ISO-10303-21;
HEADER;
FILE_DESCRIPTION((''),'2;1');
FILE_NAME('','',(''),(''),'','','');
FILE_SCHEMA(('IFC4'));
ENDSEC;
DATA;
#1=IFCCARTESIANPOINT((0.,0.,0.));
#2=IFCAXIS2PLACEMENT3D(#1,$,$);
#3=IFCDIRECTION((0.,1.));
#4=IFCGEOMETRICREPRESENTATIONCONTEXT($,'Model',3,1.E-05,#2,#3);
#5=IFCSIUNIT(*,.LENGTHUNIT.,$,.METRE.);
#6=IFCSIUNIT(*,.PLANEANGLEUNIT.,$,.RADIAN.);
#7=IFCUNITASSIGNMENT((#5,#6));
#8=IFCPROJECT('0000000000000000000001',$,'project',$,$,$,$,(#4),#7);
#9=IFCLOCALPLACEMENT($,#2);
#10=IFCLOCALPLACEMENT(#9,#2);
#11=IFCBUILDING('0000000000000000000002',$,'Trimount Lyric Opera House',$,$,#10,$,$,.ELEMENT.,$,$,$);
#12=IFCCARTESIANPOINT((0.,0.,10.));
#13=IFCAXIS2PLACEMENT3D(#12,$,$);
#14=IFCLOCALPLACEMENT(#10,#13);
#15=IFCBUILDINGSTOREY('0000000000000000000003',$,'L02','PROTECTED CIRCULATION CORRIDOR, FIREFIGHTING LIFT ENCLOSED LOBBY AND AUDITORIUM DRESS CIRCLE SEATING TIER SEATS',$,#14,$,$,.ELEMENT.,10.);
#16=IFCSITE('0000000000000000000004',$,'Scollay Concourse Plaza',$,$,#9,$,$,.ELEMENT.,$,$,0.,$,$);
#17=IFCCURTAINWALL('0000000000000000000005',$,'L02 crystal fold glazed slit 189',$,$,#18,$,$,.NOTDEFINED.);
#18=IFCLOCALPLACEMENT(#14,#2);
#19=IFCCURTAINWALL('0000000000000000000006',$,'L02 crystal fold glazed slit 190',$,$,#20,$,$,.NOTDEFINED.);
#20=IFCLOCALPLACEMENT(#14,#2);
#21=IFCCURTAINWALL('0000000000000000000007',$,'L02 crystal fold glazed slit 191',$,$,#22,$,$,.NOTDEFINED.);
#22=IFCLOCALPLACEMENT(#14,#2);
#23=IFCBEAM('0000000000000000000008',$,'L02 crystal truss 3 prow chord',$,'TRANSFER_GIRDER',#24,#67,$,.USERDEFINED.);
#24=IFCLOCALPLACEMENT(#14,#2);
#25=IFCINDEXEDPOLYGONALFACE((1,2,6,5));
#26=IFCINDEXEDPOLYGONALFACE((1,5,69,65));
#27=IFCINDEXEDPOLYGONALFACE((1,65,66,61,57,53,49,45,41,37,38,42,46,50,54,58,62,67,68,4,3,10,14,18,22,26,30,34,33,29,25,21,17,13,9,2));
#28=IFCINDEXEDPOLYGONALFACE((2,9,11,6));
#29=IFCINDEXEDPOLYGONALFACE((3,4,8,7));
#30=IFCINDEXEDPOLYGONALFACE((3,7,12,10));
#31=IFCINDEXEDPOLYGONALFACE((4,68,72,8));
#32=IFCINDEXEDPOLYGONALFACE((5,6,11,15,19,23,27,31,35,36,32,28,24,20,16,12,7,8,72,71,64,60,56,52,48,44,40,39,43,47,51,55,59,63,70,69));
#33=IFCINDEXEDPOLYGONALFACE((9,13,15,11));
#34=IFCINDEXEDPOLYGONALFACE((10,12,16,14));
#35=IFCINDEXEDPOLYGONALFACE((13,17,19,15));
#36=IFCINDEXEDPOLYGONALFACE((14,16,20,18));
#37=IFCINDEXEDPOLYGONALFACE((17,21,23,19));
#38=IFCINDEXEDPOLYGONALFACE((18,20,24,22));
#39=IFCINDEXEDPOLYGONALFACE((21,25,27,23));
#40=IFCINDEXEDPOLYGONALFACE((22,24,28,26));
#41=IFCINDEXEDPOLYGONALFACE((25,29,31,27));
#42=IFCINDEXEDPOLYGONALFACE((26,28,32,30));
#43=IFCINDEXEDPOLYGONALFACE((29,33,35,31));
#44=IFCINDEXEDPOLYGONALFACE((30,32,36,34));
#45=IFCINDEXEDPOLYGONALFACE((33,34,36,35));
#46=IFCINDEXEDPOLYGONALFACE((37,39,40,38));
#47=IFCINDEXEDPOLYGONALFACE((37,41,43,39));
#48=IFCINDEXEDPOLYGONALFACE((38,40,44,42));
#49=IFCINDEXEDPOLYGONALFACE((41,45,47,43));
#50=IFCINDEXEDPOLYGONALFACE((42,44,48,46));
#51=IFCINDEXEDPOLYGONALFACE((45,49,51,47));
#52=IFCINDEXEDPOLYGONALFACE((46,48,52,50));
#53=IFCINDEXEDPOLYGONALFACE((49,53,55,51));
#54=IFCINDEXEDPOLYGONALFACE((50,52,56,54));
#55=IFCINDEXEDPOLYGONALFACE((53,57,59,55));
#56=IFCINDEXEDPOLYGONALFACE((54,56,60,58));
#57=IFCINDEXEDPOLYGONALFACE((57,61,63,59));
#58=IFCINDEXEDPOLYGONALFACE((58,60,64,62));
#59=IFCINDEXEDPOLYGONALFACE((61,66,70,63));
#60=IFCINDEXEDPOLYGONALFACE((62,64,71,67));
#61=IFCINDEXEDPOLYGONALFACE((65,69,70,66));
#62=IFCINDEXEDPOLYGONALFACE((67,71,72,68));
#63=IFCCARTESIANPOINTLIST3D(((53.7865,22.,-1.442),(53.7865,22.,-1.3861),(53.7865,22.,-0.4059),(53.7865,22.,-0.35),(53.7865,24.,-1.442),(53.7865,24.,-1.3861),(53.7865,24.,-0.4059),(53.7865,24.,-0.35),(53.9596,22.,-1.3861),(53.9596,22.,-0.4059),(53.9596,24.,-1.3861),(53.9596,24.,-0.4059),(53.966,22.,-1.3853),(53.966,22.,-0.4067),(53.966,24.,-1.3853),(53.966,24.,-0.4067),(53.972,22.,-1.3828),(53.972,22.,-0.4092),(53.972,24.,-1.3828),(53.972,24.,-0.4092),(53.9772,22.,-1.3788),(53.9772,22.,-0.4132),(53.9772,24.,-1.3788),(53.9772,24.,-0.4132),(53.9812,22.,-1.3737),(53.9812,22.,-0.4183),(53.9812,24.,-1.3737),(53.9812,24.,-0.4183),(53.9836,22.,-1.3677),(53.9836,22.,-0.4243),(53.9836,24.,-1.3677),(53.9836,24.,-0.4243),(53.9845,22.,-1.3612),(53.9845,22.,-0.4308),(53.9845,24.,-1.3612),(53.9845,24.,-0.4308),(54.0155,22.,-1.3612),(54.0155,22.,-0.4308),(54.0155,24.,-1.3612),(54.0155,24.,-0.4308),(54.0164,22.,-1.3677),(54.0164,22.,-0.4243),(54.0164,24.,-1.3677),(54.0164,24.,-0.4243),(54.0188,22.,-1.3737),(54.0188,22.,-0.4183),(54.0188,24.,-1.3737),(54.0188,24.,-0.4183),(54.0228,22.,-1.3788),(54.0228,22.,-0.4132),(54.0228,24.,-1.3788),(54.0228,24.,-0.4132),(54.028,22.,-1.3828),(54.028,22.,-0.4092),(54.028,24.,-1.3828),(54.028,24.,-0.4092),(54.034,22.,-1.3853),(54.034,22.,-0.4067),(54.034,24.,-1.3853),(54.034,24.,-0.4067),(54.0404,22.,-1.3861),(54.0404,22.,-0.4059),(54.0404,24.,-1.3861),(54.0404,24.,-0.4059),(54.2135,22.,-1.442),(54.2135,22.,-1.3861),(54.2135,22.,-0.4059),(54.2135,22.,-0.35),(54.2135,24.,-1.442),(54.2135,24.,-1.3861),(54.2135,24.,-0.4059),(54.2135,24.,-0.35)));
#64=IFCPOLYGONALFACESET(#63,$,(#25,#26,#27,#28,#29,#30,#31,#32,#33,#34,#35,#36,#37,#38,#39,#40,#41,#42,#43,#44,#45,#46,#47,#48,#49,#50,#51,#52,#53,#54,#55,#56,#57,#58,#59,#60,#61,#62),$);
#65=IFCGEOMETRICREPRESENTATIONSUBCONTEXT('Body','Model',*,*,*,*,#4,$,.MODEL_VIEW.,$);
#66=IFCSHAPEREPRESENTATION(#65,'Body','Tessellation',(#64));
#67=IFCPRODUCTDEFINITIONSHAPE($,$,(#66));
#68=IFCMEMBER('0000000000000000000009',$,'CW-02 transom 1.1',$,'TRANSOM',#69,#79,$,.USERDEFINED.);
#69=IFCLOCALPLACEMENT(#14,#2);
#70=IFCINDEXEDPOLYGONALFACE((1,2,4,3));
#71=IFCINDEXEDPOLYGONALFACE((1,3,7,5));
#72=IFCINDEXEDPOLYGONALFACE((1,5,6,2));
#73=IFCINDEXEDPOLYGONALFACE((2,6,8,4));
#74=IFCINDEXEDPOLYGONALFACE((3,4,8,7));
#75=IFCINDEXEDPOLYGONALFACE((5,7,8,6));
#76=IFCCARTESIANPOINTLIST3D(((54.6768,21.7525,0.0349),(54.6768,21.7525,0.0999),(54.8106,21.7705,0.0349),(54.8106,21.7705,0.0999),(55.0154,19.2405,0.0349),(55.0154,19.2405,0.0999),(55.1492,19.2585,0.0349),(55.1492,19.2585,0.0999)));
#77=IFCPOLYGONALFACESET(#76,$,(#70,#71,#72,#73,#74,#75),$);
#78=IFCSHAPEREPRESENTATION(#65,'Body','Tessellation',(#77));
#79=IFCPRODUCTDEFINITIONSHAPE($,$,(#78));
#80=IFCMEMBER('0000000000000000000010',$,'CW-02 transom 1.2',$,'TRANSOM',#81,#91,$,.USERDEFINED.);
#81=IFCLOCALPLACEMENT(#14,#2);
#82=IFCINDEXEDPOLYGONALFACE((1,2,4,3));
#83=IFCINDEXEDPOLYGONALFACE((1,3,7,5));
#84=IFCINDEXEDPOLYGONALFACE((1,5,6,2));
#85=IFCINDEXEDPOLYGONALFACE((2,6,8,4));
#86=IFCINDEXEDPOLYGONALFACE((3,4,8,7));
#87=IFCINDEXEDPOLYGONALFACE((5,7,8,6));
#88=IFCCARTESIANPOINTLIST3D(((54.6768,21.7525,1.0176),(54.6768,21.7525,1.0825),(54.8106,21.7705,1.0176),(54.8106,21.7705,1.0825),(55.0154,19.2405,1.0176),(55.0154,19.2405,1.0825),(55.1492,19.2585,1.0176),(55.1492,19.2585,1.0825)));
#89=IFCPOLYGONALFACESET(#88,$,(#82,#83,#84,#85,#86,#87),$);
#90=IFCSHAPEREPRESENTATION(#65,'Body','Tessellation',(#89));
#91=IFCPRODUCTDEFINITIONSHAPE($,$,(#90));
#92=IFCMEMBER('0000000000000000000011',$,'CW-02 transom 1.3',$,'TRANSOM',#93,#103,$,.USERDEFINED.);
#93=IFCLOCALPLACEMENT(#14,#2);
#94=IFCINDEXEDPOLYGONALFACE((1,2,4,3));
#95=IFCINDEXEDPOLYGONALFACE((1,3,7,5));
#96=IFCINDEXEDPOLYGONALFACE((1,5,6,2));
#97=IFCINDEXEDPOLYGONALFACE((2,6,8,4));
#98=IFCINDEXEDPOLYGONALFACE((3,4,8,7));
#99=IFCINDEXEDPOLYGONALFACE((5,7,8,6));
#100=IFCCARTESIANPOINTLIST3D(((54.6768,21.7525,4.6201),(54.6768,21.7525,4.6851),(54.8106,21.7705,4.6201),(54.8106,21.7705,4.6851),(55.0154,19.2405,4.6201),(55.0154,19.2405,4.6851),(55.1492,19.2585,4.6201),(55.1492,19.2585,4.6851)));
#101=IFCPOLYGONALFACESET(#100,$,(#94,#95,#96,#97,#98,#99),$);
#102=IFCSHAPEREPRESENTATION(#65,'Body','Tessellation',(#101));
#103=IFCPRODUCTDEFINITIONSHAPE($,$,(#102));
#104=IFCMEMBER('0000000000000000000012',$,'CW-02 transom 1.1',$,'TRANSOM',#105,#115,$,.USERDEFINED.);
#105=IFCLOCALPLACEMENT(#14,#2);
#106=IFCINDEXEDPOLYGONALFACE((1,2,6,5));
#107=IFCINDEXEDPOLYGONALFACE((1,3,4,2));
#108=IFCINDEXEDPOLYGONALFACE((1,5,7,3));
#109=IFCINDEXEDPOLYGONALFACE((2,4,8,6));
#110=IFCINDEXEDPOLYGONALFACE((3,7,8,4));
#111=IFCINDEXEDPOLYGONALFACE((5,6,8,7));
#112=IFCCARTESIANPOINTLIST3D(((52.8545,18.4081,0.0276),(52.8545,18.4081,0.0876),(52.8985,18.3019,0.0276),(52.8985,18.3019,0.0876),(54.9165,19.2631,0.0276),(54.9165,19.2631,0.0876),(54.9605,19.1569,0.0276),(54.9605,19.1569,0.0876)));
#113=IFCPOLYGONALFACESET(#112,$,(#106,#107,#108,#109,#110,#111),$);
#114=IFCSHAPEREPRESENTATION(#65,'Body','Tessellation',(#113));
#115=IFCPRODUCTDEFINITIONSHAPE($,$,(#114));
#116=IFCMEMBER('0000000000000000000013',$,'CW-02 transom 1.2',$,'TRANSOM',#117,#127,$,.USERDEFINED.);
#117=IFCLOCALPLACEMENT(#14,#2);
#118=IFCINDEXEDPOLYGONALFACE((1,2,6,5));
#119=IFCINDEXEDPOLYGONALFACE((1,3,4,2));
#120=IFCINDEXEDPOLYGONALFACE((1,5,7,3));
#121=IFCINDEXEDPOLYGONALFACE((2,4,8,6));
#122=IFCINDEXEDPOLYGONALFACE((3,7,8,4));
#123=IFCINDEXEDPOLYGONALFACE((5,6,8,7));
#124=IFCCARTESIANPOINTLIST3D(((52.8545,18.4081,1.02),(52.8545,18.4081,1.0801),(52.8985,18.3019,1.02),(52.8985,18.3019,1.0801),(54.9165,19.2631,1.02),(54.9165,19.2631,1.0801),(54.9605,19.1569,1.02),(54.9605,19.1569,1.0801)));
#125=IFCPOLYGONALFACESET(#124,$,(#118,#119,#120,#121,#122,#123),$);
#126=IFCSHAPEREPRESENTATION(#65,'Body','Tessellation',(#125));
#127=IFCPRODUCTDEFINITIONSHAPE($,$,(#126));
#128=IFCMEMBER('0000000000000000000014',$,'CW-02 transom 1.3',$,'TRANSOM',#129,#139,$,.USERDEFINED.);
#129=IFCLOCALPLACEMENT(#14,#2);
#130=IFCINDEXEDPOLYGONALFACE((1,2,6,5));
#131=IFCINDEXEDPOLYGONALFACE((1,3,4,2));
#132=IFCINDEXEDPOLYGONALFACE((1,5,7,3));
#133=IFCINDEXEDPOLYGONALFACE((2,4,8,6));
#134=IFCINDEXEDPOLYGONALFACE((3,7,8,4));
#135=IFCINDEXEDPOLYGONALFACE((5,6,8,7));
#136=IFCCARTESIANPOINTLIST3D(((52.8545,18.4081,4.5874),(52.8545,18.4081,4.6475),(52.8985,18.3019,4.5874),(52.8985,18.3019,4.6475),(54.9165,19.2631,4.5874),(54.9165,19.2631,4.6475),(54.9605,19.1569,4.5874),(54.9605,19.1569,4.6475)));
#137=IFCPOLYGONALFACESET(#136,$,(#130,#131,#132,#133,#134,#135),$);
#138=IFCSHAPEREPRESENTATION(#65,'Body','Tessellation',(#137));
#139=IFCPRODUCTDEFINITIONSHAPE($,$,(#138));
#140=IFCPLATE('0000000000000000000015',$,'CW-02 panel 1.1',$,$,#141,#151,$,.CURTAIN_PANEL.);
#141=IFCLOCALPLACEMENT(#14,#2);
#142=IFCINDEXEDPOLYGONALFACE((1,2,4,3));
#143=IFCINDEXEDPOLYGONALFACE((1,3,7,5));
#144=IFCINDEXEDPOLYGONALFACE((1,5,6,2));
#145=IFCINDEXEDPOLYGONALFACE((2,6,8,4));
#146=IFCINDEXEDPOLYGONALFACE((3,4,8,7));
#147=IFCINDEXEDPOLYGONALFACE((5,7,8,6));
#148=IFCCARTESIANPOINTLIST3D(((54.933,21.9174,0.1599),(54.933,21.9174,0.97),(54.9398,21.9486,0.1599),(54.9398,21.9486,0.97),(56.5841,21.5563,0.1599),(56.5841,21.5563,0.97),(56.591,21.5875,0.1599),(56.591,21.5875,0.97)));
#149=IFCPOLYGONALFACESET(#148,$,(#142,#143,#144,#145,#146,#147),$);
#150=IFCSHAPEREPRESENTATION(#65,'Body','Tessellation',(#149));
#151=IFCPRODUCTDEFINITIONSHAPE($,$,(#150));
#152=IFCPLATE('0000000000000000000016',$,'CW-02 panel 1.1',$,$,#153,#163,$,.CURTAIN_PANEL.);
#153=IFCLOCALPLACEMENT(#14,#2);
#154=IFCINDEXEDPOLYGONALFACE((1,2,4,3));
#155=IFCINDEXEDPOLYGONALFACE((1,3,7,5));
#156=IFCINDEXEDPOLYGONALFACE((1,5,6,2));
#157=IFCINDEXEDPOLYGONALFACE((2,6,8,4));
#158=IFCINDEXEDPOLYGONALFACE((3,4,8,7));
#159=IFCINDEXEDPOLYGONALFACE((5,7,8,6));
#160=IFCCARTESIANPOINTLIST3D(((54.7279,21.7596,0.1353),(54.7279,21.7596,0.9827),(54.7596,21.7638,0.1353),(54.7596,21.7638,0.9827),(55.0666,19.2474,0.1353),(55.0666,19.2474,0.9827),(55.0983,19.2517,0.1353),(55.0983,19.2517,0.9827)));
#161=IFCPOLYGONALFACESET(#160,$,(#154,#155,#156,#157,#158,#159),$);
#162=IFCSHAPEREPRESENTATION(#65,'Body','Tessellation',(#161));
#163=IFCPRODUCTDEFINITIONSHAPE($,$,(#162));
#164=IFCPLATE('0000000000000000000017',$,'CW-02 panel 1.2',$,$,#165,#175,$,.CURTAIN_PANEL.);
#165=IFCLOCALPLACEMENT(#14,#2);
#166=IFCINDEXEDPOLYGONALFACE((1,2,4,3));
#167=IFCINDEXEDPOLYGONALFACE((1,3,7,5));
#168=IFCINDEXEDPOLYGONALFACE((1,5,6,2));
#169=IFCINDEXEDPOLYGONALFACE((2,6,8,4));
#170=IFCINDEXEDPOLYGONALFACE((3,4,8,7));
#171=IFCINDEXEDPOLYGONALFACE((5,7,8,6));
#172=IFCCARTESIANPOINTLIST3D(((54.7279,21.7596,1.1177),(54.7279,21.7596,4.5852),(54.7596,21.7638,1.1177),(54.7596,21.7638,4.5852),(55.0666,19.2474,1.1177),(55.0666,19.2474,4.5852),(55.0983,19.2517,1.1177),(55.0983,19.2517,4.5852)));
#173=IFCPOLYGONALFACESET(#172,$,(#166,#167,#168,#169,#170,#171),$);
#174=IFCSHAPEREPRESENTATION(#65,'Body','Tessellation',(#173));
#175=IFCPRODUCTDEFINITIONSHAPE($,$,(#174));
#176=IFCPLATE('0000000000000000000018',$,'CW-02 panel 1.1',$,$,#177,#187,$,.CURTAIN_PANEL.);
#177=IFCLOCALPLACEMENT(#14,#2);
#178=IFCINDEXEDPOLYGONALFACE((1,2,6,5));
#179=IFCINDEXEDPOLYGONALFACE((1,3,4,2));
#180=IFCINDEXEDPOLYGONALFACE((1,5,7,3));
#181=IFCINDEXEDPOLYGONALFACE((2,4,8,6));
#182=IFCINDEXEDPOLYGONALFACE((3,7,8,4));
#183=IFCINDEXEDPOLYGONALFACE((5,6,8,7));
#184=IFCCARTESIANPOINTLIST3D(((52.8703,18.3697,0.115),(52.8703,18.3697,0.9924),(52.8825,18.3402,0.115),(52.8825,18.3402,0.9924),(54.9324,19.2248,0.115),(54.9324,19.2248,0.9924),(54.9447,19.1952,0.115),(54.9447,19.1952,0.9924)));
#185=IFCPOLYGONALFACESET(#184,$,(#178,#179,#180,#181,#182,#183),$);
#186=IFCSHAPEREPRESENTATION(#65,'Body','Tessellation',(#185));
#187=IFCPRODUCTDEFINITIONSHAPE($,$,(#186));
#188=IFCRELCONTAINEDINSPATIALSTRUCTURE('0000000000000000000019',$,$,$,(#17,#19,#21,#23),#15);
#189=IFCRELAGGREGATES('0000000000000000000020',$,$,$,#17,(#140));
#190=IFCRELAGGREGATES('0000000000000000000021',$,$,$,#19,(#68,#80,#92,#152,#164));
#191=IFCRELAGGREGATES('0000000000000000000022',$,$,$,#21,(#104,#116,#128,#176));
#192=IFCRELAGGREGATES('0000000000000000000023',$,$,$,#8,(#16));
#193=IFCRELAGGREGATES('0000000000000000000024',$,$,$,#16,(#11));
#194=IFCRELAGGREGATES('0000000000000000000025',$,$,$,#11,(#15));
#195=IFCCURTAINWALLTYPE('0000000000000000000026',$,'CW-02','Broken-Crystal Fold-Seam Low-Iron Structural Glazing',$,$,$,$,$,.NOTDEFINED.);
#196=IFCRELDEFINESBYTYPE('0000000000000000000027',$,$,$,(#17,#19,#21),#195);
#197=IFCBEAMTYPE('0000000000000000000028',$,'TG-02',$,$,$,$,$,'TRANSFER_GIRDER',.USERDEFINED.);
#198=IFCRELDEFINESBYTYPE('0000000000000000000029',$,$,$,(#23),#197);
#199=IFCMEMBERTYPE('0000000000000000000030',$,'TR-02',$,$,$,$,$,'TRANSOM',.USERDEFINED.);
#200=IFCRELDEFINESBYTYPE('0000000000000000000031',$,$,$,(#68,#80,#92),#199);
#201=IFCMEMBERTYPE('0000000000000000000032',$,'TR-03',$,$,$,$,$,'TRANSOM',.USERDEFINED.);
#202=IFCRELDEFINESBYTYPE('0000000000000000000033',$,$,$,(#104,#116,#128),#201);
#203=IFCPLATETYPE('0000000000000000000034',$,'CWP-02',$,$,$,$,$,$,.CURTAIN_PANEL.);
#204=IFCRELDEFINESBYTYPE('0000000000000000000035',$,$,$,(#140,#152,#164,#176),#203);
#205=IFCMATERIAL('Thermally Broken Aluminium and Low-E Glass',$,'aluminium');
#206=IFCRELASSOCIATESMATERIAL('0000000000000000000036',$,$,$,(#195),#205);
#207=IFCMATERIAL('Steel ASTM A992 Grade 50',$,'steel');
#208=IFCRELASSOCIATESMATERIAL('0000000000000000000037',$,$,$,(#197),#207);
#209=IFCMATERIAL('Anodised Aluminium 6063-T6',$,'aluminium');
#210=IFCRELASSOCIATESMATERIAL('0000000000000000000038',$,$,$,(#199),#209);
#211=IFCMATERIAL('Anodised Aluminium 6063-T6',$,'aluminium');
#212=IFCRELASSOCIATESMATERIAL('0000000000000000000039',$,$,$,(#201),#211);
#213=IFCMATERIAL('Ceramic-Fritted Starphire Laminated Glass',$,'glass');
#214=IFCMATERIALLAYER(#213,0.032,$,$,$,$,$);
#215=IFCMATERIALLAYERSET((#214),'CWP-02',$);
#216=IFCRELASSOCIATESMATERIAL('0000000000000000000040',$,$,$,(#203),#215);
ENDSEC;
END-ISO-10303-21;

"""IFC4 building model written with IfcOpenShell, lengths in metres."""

from ifc_helpers import new_model, si_unit, direction, frame, origin, origin_2d, place, context, subcontext, project, spatial, rectangle, i_section, extrude, material, layer, layer_set, material_profile, profile_set, type_object, element, aggregate, save


model = new_model("IFC4")

# Units and contexts
model_context = context("Model", 3, precision=1e-05, world=origin(), true_north=direction((0.0, 1.0)))
body_context = subcontext(model_context, "Body", "Model", "MODEL_VIEW")
ifc_project = project(units=[si_unit("LENGTHUNIT", "METRE"), si_unit("PLANEANGLEUNIT", "RADIAN")], contexts=[model_context])

# Site, building, storey
site_placement = place(None, origin())
site = spatial("IfcSite", under=ifc_project, at=site_placement, Name="Scollay Concourse Plaza", CompositionType="ELEMENT", RefElevation=0.0)
building_placement = place(site_placement, origin())
building = spatial("IfcBuilding", under=site, at=building_placement, Name="Trimount Lyric Opera House", CompositionType="ELEMENT")
storey_placement = place(building_placement, frame((0.0, 0.0, 10.0)))
storey = spatial("IfcBuildingStorey", under=building, at=storey_placement, Name="L02", Description="PROTECTED CIRCULATION CORRIDOR, FIREFIGHTING LIFT ENCLOSED LOBBY AND AUDITORIUM DRESS CIRCLE SEATING TIER SEATS", CompositionType="ELEMENT", Elevation=10.0)

# Curtain wall
ifc_material_1 = material(Name="Thermally Broken Aluminium and Low-E Glass", Category="aluminium")
curtain_wall_type = type_object("IfcCurtainWallType", Name="CW-02", Description="Broken-Crystal Fold-Seam Low-Iron Structural Glazing", PredefinedType="NOTDEFINED", material=ifc_material_1)
curtain_wall_1_placement = place(storey_placement, origin())
curtain_wall_1 = element("IfcCurtainWall", 1, at=curtain_wall_1_placement, inside=storey, type_object=curtain_wall_type, Name="L02 crystal fold glazed slit 189", PredefinedType="NOTDEFINED")

# Curtain walls
curtain_wall_2_placement = place(storey_placement, origin())
curtain_wall_2 = element("IfcCurtainWall", 2, at=curtain_wall_2_placement, inside=storey, type_object=curtain_wall_type, Name="L02 crystal fold glazed slit 190", PredefinedType="NOTDEFINED")
curtain_wall_3_placement = place(storey_placement, origin())
curtain_wall_3 = element("IfcCurtainWall", 3, at=curtain_wall_3_placement, inside=storey, type_object=curtain_wall_type, Name="L02 crystal fold glazed slit 191", PredefinedType="NOTDEFINED")

# Beam
ifc_material_2 = material(Name="Steel ASTM A992 Grade 50", Category="steel")
ifc_material_profile_1 = material_profile(ifc_material_2, i_section(OverallWidth=0.427, OverallDepth=1.092, WebThickness=0.031, FlangeThickness=0.0559, FilletRadius=0.0249, at=origin_2d()), Name="W40X397")
ifc_profile_set_1 = profile_set([ifc_material_profile_1], Name="Steel ASTM A992 Grade 50")
beam_type_1 = type_object("IfcBeamType", Name="TG-02", ElementType="TRANSFER_GIRDER", PredefinedType="USERDEFINED", material=ifc_profile_set_1)
for number, where, z_axis, x_axis, name in (
    (4, (54.0, 22.0, -0.896), (0.0, 1.0, 0.0), (-1.0, 0.0, 0.0), "L02 crystal truss 3 prow chord"),
):
    element("IfcBeam", number, at=place(storey_placement, frame(where, z_axis=z_axis, x_axis=x_axis)), inside=storey, type_object=beam_type_1, Name=name, ObjectType="TRANSFER_GIRDER", PredefinedType="USERDEFINED", context=body_context, shape_type="SweptSolid", body=[
        extrude(i_section(OverallWidth=0.427, OverallDepth=1.092, WebThickness=0.031, FlangeThickness=0.0559, FilletRadius=0.0249, at=origin_2d()), origin(), (0.0, 0.0, 1.0), 2.0),
    ])

# Members
ifc_material_3 = material(Name="Anodised Aluminium 6063-T6", Category="aluminium")
ifc_material_profile_2 = material_profile(ifc_material_3, rectangle(XDim=0.135, YDim=0.0649, at=origin_2d()), Name="ALU-TRAN-65X135")
ifc_profile_set_2 = profile_set([ifc_material_profile_2], Name="Anodised Aluminium 6063-T6")
member_type_1 = type_object("IfcMemberType", Name="TR-02", ElementType="TRANSOM", PredefinedType="USERDEFINED", material=ifc_profile_set_2)
member_1_placement = place(storey_placement, frame((54.7437, 21.7615, 0.0674), z_axis=(0.133596, -0.991036, 0.0), x_axis=(0.991036, 0.133596, 0.0)))
member_1 = element("IfcMember", 5, at=member_1_placement, type_object=member_type_1, Name="CW-02 transom 1.1", ObjectType="TRANSOM", PredefinedType="USERDEFINED", context=body_context, shape_type="SweptSolid", body=[
    extrude(rectangle(XDim=0.135, YDim=0.0649, at=origin_2d()), origin(), (0.0, 0.0, 1.0), 2.5347),
])
member_2_placement = place(storey_placement, frame((54.7437, 21.7615, 1.05), z_axis=(0.133596, -0.991036, 0.0), x_axis=(0.991036, 0.133596, 0.0)))
member_2 = element("IfcMember", 6, at=member_2_placement, type_object=member_type_1, Name="CW-02 transom 1.2", ObjectType="TRANSOM", PredefinedType="USERDEFINED", context=body_context, shape_type="SweptSolid", body=[
    extrude(rectangle(XDim=0.135, YDim=0.0649, at=origin_2d()), origin(), (0.0, 0.0, 1.0), 2.5347),
])
member_3_placement = place(storey_placement, frame((54.7437, 21.7615, 4.6526), z_axis=(0.133596, -0.991036, 0.0), x_axis=(0.991036, 0.133596, 0.0)))
member_3 = element("IfcMember", 7, at=member_3_placement, type_object=member_type_1, Name="CW-02 transom 1.3", ObjectType="TRANSOM", PredefinedType="USERDEFINED", context=body_context, shape_type="SweptSolid", body=[
    extrude(rectangle(XDim=0.135, YDim=0.0649, at=origin_2d()), origin(), (0.0, 0.0, 1.0), 2.5347),
])
ifc_material_4 = material(Name="Anodised Aluminium 6063-T6", Category="aluminium")
ifc_material_profile_3 = material_profile(ifc_material_4, rectangle(XDim=0.115, YDim=0.0601, at=origin_2d()), Name="ALU-TRAN-60X115")
ifc_profile_set_3 = profile_set([ifc_material_profile_3], Name="Anodised Aluminium 6063-T6")
member_type_2 = type_object("IfcMemberType", Name="TR-03", ElementType="TRANSOM", PredefinedType="USERDEFINED", material=ifc_profile_set_3)
member_4_placement = place(storey_placement, frame((54.9385, 19.21, 0.0576), z_axis=(-0.923742, -0.383015, 0.0), x_axis=(0.383015, -0.923742, 0.0)))
member_4 = element("IfcMember", 8, at=member_4_placement, type_object=member_type_2, Name="CW-02 transom 1.1", ObjectType="TRANSOM", PredefinedType="USERDEFINED", context=body_context, shape_type="SweptSolid", body=[
    extrude(rectangle(XDim=0.115, YDim=0.0601, at=origin_2d()), origin(), (0.0, 0.0, 1.0), 2.2322),
])
member_5_placement = place(storey_placement, frame((54.9385, 19.21, 1.05), z_axis=(-0.923742, -0.383015, 0.0), x_axis=(0.383015, -0.923742, 0.0)))
member_5 = element("IfcMember", 9, at=member_5_placement, type_object=member_type_2, Name="CW-02 transom 1.2", ObjectType="TRANSOM", PredefinedType="USERDEFINED", context=body_context, shape_type="SweptSolid", body=[
    extrude(rectangle(XDim=0.115, YDim=0.0601, at=origin_2d()), origin(), (0.0, 0.0, 1.0), 2.2322),
])
member_6_placement = place(storey_placement, frame((54.9385, 19.21, 4.6174), z_axis=(-0.923742, -0.383015, 0.0), x_axis=(0.383015, -0.923742, 0.0)))
member_6 = element("IfcMember", 10, at=member_6_placement, type_object=member_type_2, Name="CW-02 transom 1.3", ObjectType="TRANSOM", PredefinedType="USERDEFINED", context=body_context, shape_type="SweptSolid", body=[
    extrude(rectangle(XDim=0.115, YDim=0.0601, at=origin_2d()), origin(), (0.0, 0.0, 1.0), 2.2322),
])

# Plates
ifc_material_5 = material(Name="Ceramic-Fritted Starphire Laminated Glass", Category="glass")
ifc_layer_1 = layer(ifc_material_5, 0.032)
ifc_layer_set_1 = layer_set([ifc_layer_1], Name="CWP-02")
plate_type_1 = type_object("IfcPlateType", Name="CWP-02", PredefinedType="CURTAIN_PANEL", material=ifc_layer_set_1)
plate_1_placement = place(storey_placement, frame((55.762, 21.7524, 0.1599), z_axis=(0.0, 0.0, 1.0), x_axis=(-0.976914, 0.213632, 0.0)))
plate_1 = element("IfcPlate", 11, at=plate_1_placement, type_object=plate_type_1, Name="CW-02 panel 1.1", PredefinedType="CURTAIN_PANEL", context=body_context, shape_type="SweptSolid", body=[
    extrude(rectangle(XDim=1.6902, YDim=0.032, at=origin_2d()), origin(), (0.0, 0.0, 1.0), 0.8101),
])
aggregate(curtain_wall_1, [plate_1])
plate_2_placement = place(storey_placement, frame((54.9131, 20.5056, 0.1353), z_axis=(0.0, 0.0, 1.0), x_axis=(0.133589, -0.991037, 0.0)))
plate_2 = element("IfcPlate", 12, at=plate_2_placement, type_object=plate_type_1, Name="CW-02 panel 1.1", PredefinedType="CURTAIN_PANEL", context=body_context, shape_type="SweptSolid", body=[
    extrude(rectangle(XDim=2.5349, YDim=0.032, at=origin_2d()), origin(), (0.0, 0.0, 1.0), 0.8474),
])
plate_3_placement = place(storey_placement, frame((54.9131, 20.5056, 1.1177), z_axis=(0.0, 0.0, 1.0), x_axis=(0.133589, -0.991037, 0.0)))
plate_3 = element("IfcPlate", 13, at=plate_3_placement, type_object=plate_type_1, Name="CW-02 panel 1.2", PredefinedType="CURTAIN_PANEL", context=body_context, shape_type="SweptSolid", body=[
    extrude(rectangle(XDim=2.5349, YDim=0.032, at=origin_2d()), origin(), (0.0, 0.0, 1.0), 3.4675),
])
aggregate(curtain_wall_2, [member_1, member_2, member_3, plate_2, plate_3])
plate_4_placement = place(storey_placement, frame((53.9075, 18.7825, 0.115), z_axis=(0.0, 0.0, 1.0), x_axis=(-0.923742, -0.383015, 0.0)))
plate_4 = element("IfcPlate", 14, at=plate_4_placement, type_object=plate_type_1, Name="CW-02 panel 1.1", PredefinedType="CURTAIN_PANEL", context=body_context, shape_type="SweptSolid", body=[
    extrude(rectangle(XDim=2.2324, YDim=0.032, at=origin_2d()), origin(), (0.0, 0.0, 1.0), 0.8774),
])
aggregate(curtain_wall_3, [member_4, member_5, member_6, plate_4])

save(model, "model.ifc")
